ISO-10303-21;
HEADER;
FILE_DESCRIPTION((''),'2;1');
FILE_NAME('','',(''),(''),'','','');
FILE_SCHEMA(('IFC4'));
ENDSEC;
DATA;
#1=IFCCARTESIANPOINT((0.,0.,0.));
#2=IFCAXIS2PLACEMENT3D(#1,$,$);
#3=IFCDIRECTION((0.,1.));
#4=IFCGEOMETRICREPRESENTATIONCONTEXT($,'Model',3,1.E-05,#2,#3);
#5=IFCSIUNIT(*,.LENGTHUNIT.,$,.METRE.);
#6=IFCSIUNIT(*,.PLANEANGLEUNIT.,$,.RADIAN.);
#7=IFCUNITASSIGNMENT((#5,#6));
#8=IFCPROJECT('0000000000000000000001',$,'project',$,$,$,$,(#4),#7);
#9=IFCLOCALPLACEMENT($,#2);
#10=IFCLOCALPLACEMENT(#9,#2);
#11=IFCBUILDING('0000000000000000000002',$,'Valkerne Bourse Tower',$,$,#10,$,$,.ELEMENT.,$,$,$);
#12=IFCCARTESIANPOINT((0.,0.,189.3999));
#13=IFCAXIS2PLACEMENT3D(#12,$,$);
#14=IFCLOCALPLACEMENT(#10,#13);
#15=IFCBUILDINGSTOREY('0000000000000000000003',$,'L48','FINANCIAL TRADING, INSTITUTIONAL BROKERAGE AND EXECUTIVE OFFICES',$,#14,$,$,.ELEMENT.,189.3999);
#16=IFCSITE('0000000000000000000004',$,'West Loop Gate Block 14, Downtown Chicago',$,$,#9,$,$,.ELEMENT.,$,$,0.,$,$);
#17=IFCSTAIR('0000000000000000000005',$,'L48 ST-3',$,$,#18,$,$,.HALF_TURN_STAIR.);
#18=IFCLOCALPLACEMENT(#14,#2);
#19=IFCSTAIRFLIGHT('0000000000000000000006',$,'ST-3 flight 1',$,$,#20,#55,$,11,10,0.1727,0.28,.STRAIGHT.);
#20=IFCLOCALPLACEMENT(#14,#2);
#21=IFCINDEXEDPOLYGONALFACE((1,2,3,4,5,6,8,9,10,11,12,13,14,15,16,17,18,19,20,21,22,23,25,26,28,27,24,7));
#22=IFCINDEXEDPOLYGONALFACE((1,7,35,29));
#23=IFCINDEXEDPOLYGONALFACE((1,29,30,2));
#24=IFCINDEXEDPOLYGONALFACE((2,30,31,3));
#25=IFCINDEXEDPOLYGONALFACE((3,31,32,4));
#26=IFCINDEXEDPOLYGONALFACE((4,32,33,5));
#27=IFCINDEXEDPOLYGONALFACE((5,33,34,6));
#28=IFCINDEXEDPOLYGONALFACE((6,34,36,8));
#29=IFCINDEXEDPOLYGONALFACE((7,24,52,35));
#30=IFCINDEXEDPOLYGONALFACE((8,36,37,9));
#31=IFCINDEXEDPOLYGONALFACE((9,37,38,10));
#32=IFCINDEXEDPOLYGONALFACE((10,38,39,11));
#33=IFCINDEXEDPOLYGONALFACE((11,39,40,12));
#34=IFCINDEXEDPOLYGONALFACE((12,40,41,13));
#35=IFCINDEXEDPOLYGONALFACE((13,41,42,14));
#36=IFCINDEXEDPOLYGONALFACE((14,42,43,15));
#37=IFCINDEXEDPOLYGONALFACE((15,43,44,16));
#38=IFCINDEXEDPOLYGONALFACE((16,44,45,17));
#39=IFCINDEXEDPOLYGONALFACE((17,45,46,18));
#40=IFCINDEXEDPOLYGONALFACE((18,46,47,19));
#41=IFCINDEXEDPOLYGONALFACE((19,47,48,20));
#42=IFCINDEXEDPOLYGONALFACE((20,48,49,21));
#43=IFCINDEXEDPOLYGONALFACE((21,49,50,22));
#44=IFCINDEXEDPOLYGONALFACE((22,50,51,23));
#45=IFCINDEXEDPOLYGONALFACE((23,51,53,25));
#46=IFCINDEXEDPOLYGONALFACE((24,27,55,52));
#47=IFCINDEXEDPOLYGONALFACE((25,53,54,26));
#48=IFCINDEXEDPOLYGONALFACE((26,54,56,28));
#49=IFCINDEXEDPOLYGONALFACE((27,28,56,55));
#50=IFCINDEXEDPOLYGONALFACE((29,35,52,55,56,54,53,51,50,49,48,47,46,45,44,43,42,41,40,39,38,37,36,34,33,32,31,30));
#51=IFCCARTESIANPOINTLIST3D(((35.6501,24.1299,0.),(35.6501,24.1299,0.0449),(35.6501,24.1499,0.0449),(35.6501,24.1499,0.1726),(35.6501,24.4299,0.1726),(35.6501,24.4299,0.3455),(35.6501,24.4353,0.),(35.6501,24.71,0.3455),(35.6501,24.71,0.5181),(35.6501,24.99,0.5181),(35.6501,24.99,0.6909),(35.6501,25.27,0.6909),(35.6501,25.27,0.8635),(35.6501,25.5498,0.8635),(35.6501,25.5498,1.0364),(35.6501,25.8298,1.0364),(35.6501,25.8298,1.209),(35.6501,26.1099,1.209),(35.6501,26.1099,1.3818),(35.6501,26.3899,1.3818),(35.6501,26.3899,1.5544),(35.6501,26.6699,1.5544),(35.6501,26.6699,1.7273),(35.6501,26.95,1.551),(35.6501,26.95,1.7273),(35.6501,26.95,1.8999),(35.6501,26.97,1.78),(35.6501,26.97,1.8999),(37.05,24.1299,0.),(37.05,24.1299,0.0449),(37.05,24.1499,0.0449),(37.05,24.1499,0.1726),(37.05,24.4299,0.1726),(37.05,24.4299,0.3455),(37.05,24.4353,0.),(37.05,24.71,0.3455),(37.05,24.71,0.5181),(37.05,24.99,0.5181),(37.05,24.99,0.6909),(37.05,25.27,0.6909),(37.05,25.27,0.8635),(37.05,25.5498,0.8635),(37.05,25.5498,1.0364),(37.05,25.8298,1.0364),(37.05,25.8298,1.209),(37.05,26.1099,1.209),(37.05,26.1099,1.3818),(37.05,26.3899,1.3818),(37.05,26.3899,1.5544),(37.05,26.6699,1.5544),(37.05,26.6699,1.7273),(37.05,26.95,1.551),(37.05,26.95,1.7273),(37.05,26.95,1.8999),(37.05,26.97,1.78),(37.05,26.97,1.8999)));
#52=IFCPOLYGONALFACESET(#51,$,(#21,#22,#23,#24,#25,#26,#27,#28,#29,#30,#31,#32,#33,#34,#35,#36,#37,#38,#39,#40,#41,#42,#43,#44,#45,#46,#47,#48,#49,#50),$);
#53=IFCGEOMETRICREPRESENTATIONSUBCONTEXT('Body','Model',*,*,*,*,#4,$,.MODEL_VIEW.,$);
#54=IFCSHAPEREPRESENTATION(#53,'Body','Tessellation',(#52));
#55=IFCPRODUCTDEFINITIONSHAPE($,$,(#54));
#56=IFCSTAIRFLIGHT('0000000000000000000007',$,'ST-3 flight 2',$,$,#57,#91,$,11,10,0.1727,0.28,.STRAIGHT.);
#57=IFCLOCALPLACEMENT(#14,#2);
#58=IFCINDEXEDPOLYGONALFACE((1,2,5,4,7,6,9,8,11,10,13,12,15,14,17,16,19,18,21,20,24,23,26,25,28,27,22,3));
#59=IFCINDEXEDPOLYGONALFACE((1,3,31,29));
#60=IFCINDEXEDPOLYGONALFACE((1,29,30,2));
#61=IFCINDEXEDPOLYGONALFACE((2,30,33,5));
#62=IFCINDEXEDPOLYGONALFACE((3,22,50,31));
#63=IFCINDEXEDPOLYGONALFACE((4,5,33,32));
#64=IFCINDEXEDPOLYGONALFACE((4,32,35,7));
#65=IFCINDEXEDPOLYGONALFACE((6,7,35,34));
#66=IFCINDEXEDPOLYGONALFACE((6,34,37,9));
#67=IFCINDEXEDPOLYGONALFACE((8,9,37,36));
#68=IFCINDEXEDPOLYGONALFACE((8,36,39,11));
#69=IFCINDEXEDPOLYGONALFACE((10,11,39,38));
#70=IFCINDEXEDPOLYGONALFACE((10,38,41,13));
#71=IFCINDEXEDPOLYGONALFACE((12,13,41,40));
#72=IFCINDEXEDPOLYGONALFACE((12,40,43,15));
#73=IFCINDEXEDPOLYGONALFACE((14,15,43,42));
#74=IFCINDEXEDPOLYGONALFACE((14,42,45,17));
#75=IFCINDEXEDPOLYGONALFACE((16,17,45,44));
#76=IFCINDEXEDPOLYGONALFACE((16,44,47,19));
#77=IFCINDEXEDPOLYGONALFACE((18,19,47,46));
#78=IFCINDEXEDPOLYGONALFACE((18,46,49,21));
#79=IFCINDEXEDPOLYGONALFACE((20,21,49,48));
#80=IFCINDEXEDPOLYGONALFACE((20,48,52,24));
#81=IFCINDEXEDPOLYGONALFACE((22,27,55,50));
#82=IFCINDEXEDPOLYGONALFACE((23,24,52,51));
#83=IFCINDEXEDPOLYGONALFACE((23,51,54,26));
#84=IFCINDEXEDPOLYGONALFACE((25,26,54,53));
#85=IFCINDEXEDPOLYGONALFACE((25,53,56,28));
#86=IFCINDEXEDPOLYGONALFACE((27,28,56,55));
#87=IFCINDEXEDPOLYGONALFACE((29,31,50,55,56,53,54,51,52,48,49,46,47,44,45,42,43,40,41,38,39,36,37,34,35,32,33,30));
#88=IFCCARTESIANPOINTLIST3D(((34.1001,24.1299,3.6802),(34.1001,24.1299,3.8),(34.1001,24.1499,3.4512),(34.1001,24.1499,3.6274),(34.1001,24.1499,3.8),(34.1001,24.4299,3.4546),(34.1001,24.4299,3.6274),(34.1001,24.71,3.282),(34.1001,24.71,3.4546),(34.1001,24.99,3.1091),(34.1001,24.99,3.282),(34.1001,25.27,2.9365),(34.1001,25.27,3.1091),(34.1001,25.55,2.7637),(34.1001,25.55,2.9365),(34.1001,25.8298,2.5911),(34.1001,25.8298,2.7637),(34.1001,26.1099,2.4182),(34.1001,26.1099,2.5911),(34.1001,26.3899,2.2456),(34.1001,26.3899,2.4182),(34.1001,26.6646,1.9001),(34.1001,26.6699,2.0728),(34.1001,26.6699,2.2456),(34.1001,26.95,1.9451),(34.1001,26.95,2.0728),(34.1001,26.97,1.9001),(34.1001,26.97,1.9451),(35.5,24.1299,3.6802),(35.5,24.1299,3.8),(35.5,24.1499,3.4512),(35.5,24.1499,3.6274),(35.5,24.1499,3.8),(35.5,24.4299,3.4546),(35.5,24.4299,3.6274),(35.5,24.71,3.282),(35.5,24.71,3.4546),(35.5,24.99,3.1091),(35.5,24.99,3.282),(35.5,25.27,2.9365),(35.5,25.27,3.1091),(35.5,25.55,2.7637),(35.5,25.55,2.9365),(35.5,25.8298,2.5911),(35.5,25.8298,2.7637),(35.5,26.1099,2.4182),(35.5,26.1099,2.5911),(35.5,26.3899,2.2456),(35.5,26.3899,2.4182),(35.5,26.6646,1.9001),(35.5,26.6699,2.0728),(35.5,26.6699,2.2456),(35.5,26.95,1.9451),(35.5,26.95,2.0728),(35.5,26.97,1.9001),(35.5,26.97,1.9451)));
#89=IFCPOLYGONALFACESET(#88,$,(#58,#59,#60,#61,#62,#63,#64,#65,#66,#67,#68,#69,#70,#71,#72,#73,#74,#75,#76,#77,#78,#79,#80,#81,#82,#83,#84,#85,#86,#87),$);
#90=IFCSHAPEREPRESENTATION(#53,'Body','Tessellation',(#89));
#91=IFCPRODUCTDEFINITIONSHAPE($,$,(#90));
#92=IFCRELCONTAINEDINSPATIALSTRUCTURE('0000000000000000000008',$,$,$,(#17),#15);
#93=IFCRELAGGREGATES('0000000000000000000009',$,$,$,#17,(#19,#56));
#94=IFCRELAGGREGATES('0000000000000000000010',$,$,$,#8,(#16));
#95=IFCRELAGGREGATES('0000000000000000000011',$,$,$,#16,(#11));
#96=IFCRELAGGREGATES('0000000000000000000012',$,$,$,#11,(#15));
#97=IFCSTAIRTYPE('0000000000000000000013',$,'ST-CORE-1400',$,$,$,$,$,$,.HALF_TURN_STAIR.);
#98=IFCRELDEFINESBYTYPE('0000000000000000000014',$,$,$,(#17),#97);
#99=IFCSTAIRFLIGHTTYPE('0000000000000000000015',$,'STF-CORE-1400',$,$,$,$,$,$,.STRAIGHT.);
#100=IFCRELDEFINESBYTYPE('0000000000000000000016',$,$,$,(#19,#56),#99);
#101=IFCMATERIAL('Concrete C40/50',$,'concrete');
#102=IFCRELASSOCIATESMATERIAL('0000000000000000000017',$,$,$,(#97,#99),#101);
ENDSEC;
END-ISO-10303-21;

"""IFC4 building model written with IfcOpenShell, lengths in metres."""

from ifc_helpers import new_model, si_unit, direction, frame, origin, place, context, subcontext, project, spatial, polyline, outline, extrude, material, type_object, element, aggregate, save


model = new_model("IFC4")

# Units and contexts
model_context = context("Model", 3, precision=1e-05, world=origin(), true_north=direction((0.0, 1.0)))
body_context = subcontext(model_context, "Body", "Model", "MODEL_VIEW")
ifc_project = project(units=[si_unit("LENGTHUNIT", "METRE"), si_unit("PLANEANGLEUNIT", "RADIAN")], contexts=[model_context])

# Site, building, storey
site_placement = place(None, origin())
site = spatial("IfcSite", under=ifc_project, at=site_placement, Name="West Loop Gate Block 14, Downtown Chicago", CompositionType="ELEMENT", RefElevation=0.0)
building_placement = place(site_placement, origin())
building = spatial("IfcBuilding", under=site, at=building_placement, Name="Valkerne Bourse Tower", CompositionType="ELEMENT")
storey_placement = place(building_placement, frame((0.0, 0.0, 189.3999)))
storey = spatial("IfcBuildingStorey", under=building, at=storey_placement, Name="L48", Description="FINANCIAL TRADING, INSTITUTIONAL BROKERAGE AND EXECUTIVE OFFICES", CompositionType="ELEMENT", Elevation=189.3999)

# Shared definitions
ifc_material_1 = material(Name="Concrete C40/50", Category="concrete")

# Stair, stair flights
stair_type = type_object("IfcStairType", Name="ST-CORE-1400", PredefinedType="HALF_TURN_STAIR", material=ifc_material_1)
stair_placement = place(storey_placement, origin())
stair = element("IfcStair", 1, at=stair_placement, inside=storey, type_object=stair_type, Name="L48 ST-3", PredefinedType="HALF_TURN_STAIR")
stair_flight_type = type_object("IfcStairFlightType", Name="STF-CORE-1400", PredefinedType="STRAIGHT", material=ifc_material_1)
stair_flight_1_placement = place(storey_placement, frame((36.3501, 24.1499, 0.0), z_axis=(0.0, 0.0, 1.0), x_axis=(0.0, 1.0, 0.0)))
stair_flight_1 = element("IfcStairFlight", 2, at=stair_flight_1_placement, type_object=stair_flight_type, Name="ST-3 flight 1", NumberOfRisers=11, NumberOfTreads=10, PredefinedType="STRAIGHT", RiserHeight=0.1727, TreadLength=0.28, context=body_context, shape_type="SweptSolid", body=[
    extrude(outline(polyline([(-0.02, 0.0), (-0.02, 0.0449), (0.0, 0.0449), (0.0, 0.1726), (0.28, 0.1726), (0.28, 0.3455), (0.5601, 0.3455), (0.5601, 0.5181), (0.8401, 0.5181), (0.8401, 0.6909), (1.1201, 0.6909), (1.1201, 0.8635), (1.3999, 0.8635), (1.3999, 1.0364), (1.6799, 1.0364), (1.6799, 1.209), (1.96, 1.209), (1.96, 1.3818), (2.24, 1.3818), (2.24, 1.5544), (2.52, 1.5544), (2.52, 1.7273), (2.8, 1.7273), (2.8, 1.8999), (2.8201, 1.8999), (2.8201, 1.78), (2.8, 1.551), (0.2854, 0.0), (-0.02, 0.0)])), frame((0.0, 0.7, 0.0), z_axis=(0.0, -1.0, 0.0), x_axis=(1.0, 0.0, 0.0)), (0.0, 0.0, 1.0), 1.3999),
])
stair_flight_2_placement = place(storey_placement, frame((34.8, 26.95, 1.9001), z_axis=(0.0, 0.0, 1.0), x_axis=(0.0, -1.0, 0.0)))
stair_flight_2 = element("IfcStairFlight", 3, at=stair_flight_2_placement, type_object=stair_flight_type, Name="ST-3 flight 2", NumberOfRisers=11, NumberOfTreads=10, PredefinedType="STRAIGHT", RiserHeight=0.1727, TreadLength=0.28, context=body_context, shape_type="SweptSolid", body=[
    extrude(outline(polyline([(-0.02, 0.0), (-0.02, 0.0449), (0.0, 0.0449), (0.0, 0.1726), (0.28, 0.1726), (0.28, 0.3455), (0.5601, 0.3455), (0.5601, 0.5181), (0.8401, 0.5181), (0.8401, 0.6909), (1.1201, 0.6909), (1.1201, 0.8635), (1.3999, 0.8635), (1.3999, 1.0364), (1.6799, 1.0364), (1.6799, 1.209), (1.96, 1.209), (1.96, 1.3818), (2.24, 1.3818), (2.24, 1.5544), (2.52, 1.5544), (2.52, 1.7273), (2.8, 1.7273), (2.8, 1.8999), (2.8201, 1.8999), (2.8201, 1.78), (2.8, 1.551), (0.2854, 0.0), (-0.02, 0.0)])), frame((0.0, 0.7, 0.0), z_axis=(0.0, -1.0, 0.0), x_axis=(1.0, 0.0, 0.0)), (0.0, 0.0, 1.0), 1.3999),
])
aggregate(stair, [stair_flight_1, stair_flight_2])

save(model, "model.ifc")
